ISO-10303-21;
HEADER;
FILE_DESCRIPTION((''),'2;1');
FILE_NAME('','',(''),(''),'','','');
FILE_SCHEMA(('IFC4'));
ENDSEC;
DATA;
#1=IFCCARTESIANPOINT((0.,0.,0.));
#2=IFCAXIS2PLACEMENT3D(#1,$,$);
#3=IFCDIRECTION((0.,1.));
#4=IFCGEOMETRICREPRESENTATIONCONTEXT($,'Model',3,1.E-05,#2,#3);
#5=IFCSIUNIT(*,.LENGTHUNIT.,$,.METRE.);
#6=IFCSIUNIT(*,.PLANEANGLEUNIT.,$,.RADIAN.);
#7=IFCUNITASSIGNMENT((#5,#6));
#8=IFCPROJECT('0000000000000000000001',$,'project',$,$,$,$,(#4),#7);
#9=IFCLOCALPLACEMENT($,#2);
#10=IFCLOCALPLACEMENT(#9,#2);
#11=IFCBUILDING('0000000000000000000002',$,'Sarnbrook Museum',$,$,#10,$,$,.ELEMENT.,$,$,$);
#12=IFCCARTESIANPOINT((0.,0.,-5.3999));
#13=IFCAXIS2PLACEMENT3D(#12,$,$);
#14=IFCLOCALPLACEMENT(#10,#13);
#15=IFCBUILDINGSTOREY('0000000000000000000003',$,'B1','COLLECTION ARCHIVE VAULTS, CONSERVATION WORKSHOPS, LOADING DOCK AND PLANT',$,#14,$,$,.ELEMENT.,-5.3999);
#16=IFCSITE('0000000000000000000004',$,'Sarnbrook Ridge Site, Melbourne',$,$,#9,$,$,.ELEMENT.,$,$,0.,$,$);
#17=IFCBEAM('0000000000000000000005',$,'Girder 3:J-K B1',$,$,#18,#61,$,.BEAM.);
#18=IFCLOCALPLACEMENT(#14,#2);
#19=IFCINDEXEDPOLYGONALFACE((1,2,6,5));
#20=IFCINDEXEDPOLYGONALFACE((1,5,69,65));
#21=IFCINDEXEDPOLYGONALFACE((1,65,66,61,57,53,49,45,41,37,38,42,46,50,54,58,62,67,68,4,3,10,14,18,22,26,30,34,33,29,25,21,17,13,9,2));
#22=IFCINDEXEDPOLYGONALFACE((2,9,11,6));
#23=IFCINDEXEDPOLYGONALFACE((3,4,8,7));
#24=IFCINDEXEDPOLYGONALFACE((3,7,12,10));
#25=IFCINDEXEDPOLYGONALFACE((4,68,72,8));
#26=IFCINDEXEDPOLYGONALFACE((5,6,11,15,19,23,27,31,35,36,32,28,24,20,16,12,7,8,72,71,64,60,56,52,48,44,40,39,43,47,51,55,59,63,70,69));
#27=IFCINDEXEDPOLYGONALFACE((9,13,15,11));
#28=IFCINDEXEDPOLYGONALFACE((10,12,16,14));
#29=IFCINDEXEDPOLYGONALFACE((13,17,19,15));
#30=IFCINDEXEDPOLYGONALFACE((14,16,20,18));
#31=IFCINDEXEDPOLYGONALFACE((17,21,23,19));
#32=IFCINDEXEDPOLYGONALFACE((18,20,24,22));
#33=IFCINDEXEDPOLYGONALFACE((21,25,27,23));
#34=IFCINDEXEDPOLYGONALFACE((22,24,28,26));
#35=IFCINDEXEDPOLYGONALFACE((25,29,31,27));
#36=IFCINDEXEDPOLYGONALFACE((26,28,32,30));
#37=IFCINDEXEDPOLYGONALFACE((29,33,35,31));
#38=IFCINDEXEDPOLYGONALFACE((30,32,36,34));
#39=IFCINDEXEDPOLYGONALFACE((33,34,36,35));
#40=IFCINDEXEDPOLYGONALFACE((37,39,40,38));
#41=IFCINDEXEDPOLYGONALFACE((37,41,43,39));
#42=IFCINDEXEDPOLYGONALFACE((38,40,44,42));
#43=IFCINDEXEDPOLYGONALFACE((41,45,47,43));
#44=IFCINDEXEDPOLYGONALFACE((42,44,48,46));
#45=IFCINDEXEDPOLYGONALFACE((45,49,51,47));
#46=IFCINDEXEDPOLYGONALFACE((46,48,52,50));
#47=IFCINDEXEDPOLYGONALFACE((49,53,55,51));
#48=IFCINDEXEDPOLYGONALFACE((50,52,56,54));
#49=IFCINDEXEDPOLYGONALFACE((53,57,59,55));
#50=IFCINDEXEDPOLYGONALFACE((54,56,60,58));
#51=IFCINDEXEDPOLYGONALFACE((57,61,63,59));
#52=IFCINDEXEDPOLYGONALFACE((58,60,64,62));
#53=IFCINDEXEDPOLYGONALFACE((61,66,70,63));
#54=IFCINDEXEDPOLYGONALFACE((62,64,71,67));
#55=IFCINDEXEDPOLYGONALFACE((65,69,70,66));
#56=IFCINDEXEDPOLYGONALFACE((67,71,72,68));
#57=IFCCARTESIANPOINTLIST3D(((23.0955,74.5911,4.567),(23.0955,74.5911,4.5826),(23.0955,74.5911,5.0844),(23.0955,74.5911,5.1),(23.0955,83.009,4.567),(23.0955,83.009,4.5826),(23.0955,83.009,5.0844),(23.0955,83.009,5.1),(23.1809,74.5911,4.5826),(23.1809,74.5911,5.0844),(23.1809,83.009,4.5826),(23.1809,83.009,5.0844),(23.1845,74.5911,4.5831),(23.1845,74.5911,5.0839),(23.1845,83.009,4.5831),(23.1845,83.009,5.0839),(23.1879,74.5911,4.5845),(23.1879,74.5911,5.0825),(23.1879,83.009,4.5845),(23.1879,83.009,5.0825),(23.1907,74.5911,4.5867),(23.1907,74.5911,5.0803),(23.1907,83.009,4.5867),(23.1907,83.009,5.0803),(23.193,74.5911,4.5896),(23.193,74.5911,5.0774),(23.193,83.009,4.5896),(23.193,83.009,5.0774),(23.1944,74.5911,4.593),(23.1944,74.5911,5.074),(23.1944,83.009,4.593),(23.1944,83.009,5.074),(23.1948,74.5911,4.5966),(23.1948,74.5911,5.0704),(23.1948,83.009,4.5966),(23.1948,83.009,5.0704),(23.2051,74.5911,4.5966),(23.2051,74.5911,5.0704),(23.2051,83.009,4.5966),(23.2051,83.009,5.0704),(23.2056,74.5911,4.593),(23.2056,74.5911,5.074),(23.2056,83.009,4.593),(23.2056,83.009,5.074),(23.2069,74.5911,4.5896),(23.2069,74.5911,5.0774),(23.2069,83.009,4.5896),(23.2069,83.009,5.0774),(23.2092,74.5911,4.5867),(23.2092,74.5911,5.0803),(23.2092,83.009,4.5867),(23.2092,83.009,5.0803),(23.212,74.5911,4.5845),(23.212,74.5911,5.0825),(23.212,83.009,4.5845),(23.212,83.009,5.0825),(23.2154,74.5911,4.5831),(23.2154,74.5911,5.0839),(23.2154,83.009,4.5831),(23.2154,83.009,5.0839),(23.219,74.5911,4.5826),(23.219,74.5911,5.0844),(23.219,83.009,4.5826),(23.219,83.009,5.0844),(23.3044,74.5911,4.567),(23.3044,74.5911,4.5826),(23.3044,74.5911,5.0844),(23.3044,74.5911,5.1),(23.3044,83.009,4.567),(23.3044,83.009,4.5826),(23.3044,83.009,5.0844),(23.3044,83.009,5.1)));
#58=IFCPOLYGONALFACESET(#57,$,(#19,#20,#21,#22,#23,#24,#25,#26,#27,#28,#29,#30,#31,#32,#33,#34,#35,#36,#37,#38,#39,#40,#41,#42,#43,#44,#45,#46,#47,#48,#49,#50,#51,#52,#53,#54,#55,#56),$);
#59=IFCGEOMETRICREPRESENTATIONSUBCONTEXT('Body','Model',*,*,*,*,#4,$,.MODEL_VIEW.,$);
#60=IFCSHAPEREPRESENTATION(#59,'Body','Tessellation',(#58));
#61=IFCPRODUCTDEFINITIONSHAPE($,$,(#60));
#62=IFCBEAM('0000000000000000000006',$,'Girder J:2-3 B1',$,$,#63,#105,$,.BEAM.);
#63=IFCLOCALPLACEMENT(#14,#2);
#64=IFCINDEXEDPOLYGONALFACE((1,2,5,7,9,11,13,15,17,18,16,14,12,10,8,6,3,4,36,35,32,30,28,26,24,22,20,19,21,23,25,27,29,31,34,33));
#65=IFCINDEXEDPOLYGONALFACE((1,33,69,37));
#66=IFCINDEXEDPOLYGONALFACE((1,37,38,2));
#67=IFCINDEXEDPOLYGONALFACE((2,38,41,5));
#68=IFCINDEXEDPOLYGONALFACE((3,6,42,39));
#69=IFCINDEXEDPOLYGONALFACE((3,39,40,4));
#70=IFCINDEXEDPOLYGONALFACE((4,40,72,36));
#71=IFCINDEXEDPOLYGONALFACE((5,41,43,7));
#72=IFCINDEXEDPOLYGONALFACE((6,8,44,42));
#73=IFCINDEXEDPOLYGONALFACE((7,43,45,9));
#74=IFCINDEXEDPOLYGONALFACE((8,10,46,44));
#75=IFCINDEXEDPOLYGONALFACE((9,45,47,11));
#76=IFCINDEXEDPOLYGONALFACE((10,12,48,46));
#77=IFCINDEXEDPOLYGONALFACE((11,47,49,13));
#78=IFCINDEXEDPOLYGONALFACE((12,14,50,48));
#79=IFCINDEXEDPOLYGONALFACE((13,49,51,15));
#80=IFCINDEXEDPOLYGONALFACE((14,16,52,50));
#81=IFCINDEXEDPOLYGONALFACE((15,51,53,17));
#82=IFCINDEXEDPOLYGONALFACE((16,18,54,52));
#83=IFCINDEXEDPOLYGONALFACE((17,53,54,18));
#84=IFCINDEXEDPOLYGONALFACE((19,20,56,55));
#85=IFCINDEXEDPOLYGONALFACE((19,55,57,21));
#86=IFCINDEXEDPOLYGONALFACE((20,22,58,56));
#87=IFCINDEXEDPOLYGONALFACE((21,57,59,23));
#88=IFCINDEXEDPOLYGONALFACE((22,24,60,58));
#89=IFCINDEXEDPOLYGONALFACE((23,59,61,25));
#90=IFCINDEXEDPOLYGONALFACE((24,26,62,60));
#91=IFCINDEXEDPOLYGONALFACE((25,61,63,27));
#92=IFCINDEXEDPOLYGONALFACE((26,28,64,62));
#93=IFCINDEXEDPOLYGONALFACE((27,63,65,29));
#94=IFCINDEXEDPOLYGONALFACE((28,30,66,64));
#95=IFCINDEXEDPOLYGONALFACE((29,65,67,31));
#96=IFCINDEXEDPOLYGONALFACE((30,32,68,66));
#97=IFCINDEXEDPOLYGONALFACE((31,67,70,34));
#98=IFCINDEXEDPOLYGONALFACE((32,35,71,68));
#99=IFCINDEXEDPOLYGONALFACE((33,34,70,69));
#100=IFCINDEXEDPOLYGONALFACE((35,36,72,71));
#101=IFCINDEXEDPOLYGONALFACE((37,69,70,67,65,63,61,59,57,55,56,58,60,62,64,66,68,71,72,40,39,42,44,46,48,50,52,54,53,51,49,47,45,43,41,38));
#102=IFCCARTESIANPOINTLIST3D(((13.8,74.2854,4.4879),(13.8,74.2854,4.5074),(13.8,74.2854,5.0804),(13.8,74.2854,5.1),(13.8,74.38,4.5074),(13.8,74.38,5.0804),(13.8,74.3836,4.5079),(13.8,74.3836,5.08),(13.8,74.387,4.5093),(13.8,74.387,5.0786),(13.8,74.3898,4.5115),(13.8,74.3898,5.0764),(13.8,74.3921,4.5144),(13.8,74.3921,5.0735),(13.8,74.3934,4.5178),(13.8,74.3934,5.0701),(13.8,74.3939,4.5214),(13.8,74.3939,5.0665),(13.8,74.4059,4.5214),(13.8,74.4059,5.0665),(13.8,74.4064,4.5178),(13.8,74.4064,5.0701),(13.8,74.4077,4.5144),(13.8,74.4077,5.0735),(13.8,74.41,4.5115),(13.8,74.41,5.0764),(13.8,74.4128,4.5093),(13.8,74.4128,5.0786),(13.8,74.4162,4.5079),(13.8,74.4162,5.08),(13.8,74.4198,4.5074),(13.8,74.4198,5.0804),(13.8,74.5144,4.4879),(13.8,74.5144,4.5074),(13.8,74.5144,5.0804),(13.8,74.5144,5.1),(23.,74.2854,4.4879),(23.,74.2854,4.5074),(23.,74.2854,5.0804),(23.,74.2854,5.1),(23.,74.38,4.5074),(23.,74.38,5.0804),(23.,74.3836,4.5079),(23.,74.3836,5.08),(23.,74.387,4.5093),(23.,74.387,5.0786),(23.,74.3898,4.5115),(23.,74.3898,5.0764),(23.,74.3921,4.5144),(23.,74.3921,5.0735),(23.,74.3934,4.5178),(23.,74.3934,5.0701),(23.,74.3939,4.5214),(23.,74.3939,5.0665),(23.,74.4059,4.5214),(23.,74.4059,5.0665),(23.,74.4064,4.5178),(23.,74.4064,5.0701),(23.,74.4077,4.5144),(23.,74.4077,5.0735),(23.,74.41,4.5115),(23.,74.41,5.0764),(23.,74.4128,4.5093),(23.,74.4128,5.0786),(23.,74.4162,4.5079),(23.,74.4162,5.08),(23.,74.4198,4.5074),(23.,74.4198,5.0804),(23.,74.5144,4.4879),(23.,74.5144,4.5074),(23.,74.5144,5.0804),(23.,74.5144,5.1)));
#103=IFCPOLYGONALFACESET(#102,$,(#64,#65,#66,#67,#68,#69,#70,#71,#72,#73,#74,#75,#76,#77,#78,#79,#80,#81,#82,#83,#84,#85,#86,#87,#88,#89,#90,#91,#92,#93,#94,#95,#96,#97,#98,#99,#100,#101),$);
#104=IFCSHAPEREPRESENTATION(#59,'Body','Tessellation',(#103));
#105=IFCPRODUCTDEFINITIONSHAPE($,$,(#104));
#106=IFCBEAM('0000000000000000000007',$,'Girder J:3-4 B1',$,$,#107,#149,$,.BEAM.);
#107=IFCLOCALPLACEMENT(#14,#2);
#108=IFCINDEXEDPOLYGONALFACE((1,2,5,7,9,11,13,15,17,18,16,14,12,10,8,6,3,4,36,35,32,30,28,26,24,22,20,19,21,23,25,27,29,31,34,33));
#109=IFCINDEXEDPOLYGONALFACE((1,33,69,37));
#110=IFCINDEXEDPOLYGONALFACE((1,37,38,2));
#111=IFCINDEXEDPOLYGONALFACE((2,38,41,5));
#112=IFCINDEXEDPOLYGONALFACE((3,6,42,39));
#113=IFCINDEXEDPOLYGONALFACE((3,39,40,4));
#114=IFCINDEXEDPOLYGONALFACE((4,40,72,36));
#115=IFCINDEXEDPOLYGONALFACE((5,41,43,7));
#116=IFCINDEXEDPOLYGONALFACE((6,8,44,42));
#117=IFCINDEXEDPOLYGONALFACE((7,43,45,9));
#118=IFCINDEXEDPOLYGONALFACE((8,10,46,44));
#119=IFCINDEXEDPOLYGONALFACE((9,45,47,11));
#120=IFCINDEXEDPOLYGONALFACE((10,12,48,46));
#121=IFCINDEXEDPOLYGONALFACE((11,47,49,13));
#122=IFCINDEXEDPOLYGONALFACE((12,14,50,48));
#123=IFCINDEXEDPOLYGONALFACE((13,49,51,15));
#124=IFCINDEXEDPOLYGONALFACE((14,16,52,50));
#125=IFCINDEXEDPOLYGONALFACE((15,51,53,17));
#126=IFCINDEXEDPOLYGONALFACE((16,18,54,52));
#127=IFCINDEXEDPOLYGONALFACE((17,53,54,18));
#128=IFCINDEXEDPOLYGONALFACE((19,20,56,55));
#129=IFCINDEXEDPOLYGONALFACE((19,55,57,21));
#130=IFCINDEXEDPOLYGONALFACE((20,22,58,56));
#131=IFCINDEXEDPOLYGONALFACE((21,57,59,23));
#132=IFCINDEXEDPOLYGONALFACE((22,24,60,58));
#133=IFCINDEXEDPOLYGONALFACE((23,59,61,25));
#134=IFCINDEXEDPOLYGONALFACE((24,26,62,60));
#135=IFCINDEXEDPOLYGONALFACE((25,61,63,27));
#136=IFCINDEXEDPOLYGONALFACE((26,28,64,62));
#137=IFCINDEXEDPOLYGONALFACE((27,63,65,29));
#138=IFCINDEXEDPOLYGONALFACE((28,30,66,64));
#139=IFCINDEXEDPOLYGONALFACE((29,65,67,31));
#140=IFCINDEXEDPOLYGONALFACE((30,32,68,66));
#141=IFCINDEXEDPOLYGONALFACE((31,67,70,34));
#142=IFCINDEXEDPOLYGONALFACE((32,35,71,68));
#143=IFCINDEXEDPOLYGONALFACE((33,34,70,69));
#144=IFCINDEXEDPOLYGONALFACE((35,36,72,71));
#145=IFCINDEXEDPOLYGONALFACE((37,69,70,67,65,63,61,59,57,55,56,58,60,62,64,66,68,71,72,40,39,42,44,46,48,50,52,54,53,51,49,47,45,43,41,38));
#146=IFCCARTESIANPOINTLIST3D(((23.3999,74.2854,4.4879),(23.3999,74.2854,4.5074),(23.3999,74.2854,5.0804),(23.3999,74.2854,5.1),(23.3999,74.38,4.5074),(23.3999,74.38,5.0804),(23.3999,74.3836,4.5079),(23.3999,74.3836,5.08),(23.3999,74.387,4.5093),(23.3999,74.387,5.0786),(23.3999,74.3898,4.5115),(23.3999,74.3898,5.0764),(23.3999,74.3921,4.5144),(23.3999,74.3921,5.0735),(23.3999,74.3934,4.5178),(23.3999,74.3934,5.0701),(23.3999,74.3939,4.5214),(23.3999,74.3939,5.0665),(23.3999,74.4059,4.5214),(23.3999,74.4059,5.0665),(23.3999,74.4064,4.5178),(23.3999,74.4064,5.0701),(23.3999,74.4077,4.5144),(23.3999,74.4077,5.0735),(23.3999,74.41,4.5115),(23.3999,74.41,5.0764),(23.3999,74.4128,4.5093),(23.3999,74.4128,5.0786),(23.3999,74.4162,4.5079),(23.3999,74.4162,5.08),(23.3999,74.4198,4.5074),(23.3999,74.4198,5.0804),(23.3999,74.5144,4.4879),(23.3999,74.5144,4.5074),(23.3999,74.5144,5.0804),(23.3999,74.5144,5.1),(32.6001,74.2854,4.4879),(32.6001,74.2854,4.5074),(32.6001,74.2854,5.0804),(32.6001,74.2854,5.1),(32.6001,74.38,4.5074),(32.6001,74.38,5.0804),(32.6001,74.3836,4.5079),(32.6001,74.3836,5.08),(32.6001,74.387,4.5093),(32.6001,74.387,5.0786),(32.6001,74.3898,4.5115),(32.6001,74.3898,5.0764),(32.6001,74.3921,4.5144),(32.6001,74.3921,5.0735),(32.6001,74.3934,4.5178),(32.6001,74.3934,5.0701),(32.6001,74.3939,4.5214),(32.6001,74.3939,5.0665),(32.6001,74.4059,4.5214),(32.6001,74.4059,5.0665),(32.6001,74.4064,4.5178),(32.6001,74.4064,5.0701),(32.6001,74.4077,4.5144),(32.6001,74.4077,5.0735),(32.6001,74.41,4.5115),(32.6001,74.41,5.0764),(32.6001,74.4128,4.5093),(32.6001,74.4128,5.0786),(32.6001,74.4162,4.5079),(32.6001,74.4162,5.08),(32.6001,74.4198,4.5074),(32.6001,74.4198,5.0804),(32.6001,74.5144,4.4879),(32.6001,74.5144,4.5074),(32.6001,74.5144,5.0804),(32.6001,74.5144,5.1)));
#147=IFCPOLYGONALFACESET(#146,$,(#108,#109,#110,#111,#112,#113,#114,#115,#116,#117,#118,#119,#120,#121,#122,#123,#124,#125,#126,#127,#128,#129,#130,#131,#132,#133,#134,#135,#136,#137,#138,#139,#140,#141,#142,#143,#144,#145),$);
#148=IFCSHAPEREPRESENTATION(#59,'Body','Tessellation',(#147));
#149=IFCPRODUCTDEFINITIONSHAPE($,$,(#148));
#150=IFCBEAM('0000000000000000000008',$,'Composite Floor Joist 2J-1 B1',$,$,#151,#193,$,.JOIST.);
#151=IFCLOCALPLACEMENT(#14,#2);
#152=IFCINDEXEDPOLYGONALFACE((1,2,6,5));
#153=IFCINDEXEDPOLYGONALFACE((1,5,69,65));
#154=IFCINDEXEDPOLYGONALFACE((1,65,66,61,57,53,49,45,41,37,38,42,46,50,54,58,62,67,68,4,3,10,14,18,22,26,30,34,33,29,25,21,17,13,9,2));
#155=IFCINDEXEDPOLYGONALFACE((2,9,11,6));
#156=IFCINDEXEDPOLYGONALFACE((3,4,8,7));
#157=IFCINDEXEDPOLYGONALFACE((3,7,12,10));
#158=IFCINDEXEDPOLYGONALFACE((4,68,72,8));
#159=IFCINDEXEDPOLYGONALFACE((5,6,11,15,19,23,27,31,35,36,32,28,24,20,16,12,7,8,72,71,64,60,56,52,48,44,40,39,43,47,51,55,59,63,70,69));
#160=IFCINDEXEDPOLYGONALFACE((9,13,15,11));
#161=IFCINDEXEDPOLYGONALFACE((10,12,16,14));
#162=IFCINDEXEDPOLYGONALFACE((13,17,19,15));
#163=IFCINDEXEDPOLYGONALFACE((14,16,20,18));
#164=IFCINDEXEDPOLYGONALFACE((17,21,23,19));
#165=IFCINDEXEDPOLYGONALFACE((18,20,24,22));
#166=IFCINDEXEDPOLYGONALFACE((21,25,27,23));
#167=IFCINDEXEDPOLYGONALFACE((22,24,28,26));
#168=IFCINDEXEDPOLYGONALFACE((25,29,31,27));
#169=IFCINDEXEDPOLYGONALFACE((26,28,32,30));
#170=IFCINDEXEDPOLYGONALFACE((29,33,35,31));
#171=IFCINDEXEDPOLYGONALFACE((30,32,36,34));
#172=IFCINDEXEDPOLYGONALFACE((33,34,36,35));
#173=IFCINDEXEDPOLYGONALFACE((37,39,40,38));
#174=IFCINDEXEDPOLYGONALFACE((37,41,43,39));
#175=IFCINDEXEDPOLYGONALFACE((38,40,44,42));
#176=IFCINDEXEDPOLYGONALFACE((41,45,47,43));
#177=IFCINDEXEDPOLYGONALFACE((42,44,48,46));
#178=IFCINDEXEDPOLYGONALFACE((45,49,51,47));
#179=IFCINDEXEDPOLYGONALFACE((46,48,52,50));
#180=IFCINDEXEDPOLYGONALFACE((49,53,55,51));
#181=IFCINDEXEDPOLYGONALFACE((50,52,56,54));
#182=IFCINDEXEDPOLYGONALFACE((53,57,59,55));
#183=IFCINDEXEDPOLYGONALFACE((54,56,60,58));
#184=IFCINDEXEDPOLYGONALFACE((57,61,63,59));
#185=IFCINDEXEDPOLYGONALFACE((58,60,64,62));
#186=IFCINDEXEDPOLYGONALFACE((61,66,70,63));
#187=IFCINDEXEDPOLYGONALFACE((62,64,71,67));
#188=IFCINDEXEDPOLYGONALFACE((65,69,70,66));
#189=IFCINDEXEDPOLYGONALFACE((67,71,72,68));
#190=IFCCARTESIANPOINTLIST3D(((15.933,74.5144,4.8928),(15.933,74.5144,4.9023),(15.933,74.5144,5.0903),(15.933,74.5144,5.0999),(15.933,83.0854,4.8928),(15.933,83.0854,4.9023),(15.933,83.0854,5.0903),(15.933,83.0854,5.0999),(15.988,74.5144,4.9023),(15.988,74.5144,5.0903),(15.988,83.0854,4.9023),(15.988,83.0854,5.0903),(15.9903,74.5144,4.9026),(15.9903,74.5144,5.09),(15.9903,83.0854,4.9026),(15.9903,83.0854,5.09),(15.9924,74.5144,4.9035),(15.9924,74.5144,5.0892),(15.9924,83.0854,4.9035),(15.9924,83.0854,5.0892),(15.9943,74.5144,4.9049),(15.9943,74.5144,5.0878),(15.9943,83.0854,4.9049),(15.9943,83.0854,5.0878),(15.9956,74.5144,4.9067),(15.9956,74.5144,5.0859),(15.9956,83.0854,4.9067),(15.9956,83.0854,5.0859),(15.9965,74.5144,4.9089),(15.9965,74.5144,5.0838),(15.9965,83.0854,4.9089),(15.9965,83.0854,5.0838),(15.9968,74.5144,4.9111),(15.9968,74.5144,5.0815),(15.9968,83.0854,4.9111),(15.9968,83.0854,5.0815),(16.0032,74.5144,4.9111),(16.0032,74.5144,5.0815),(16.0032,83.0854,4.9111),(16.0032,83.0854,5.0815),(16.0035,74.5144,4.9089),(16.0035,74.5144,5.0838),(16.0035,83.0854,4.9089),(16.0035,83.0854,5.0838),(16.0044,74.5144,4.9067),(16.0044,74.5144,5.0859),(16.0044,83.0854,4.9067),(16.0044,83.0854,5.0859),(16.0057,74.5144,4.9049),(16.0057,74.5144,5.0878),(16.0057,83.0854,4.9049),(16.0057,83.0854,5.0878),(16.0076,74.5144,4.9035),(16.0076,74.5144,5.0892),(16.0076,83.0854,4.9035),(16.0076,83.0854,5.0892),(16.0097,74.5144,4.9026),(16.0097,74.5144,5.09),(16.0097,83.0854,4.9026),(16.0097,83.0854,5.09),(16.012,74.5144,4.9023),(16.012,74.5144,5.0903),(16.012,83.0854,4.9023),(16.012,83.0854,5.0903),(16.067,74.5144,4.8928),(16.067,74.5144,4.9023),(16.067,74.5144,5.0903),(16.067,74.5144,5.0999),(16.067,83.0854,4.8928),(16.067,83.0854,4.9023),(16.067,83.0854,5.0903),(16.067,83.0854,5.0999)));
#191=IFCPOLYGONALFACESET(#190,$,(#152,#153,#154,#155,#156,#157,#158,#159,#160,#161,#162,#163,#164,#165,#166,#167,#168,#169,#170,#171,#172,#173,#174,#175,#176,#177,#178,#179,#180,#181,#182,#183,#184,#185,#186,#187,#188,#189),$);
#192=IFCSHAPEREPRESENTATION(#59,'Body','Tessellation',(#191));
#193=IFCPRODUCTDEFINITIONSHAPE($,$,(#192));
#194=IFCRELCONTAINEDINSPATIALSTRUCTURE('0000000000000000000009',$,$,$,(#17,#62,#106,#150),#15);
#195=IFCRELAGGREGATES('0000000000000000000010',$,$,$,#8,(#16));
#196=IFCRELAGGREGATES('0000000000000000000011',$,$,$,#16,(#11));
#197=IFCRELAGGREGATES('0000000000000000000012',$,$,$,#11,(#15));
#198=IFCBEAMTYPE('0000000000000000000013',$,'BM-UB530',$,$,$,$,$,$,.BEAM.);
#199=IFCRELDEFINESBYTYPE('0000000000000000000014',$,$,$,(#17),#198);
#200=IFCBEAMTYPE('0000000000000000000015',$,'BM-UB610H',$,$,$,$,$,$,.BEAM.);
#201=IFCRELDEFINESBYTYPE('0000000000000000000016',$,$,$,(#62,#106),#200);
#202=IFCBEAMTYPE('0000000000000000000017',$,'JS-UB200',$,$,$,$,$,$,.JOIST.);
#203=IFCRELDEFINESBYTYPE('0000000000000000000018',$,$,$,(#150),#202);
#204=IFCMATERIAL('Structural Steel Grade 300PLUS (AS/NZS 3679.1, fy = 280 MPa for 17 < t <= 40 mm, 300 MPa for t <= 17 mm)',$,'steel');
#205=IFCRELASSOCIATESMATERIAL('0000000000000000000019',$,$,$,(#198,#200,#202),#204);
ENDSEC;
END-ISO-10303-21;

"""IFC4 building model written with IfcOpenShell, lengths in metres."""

from ifc_helpers import new_model, si_unit, direction, frame, origin, origin_2d, place, context, subcontext, project, spatial, i_section, extrude, material, material_profile, profile_set, type_object, element, save


model = new_model("IFC4")

# Units and contexts
model_context = context("Model", 3, precision=1e-05, world=origin(), true_north=direction((0.0, 1.0)))
body_context = subcontext(model_context, "Body", "Model", "MODEL_VIEW")
ifc_project = project(units=[si_unit("LENGTHUNIT", "METRE"), si_unit("PLANEANGLEUNIT", "RADIAN")], contexts=[model_context])

# Site, building, storey
site_placement = place(None, origin())
site = spatial("IfcSite", under=ifc_project, at=site_placement, Name="Sarnbrook Ridge Site, Melbourne", CompositionType="ELEMENT", RefElevation=0.0)
building_placement = place(site_placement, origin())
building = spatial("IfcBuilding", under=site, at=building_placement, Name="Sarnbrook Museum", CompositionType="ELEMENT")
storey_placement = place(building_placement, frame((0.0, 0.0, -5.3999)))
storey = spatial("IfcBuildingStorey", under=building, at=storey_placement, Name="B1", Description="COLLECTION ARCHIVE VAULTS, CONSERVATION WORKSHOPS, LOADING DOCK AND PLANT", CompositionType="ELEMENT", Elevation=-5.3999)

# Beams
ifc_material_1 = material(Name="Structural Steel Grade 300PLUS (AS/NZS 3679.1, fy = 280 MPa for 17 < t <= 40 mm, 300 MPa for t <= 17 mm)", Category="steel")
ifc_material_profile_1 = material_profile(ifc_material_1, i_section(OverallWidth=0.209, OverallDepth=0.533, WebThickness=0.0103, FlangeThickness=0.0156, FilletRadius=0.0139, at=origin_2d()), Name="530UB92.4")
ifc_profile_set_1 = profile_set([ifc_material_profile_1], Name="Structural Steel Grade 300PLUS (AS/NZS 3679.1, fy = 280 MPa for 17 < t <= 40 mm, 300 MPa for t <= 17 mm)")
beam_type_1 = type_object("IfcBeamType", Name="BM-UB530", PredefinedType="BEAM", material=ifc_profile_set_1)
for number, where, z_axis, x_axis, name in (
    (1, (23.2, 74.5911, 4.8335), (0.0, 1.0, 0.0), (-1.0, 0.0, 0.0), "Girder 3:J-K B1"),
):
    element("IfcBeam", number, at=place(storey_placement, frame(where, z_axis=z_axis, x_axis=x_axis)), inside=storey, type_object=beam_type_1, Name=name, PredefinedType="BEAM", context=body_context, shape_type="SweptSolid", body=[
        extrude(i_section(OverallWidth=0.209, OverallDepth=0.533, WebThickness=0.0103, FlangeThickness=0.0156, FilletRadius=0.0139, at=origin_2d()), origin(), (0.0, 0.0, 1.0), 8.418),
    ])
ifc_material_profile_2 = material_profile(ifc_material_1, i_section(OverallWidth=0.229, OverallDepth=0.6121, WebThickness=0.012, FlangeThickness=0.0195, FilletRadius=0.0139, at=origin_2d()), Name="610UB125")
ifc_profile_set_2 = profile_set([ifc_material_profile_2], Name="Structural Steel Grade 300PLUS (AS/NZS 3679.1, fy = 280 MPa for 17 < t <= 40 mm, 300 MPa for t <= 17 mm)")
beam_type_2 = type_object("IfcBeamType", Name="BM-UB610H", PredefinedType="BEAM", material=ifc_profile_set_2)
beam_1_placement = place(storey_placement, frame((13.8, 74.3999, 4.7939), z_axis=(1.0, 0.0, 0.0), x_axis=(0.0, 1.0, 0.0)))
element("IfcBeam", 2, at=beam_1_placement, inside=storey, type_object=beam_type_2, Name="Girder J:2-3 B1", PredefinedType="BEAM", context=body_context, shape_type="SweptSolid", body=[
    extrude(i_section(OverallWidth=0.229, OverallDepth=0.6121, WebThickness=0.012, FlangeThickness=0.0195, FilletRadius=0.0139, at=origin_2d()), origin(), (0.0, 0.0, 1.0), 9.2),
])
beam_2_placement = place(storey_placement, frame((23.3999, 74.3999, 4.7939), z_axis=(1.0, 0.0, 0.0), x_axis=(0.0, 1.0, 0.0)))
element("IfcBeam", 3, at=beam_2_placement, inside=storey, type_object=beam_type_2, Name="Girder J:3-4 B1", PredefinedType="BEAM", context=body_context, shape_type="SweptSolid", body=[
    extrude(i_section(OverallWidth=0.229, OverallDepth=0.6121, WebThickness=0.012, FlangeThickness=0.0195, FilletRadius=0.0139, at=origin_2d()), origin(), (0.0, 0.0, 1.0), 9.2002),
])
ifc_material_profile_3 = material_profile(ifc_material_1, i_section(OverallWidth=0.134, OverallDepth=0.207, WebThickness=0.0063, FlangeThickness=0.0095, FilletRadius=0.0088, at=origin_2d()), Name="200UB29.8")
ifc_profile_set_3 = profile_set([ifc_material_profile_3], Name="Structural Steel Grade 300PLUS (AS/NZS 3679.1, fy = 280 MPa for 17 < t <= 40 mm, 300 MPa for t <= 17 mm)")
beam_type_3 = type_object("IfcBeamType", Name="JS-UB200", PredefinedType="JOIST", material=ifc_profile_set_3)
for number, where, z_axis, x_axis, name in (
    (4, (16.0, 74.5144, 4.9963), (0.0, 1.0, 0.0), (-1.0, 0.0, 0.0), "Composite Floor Joist 2J-1 B1"),
):
    element("IfcBeam", number, at=place(storey_placement, frame(where, z_axis=z_axis, x_axis=x_axis)), inside=storey, type_object=beam_type_3, Name=name, PredefinedType="JOIST", context=body_context, shape_type="SweptSolid", body=[
        extrude(i_section(OverallWidth=0.134, OverallDepth=0.207, WebThickness=0.0063, FlangeThickness=0.0095, FilletRadius=0.0088, at=origin_2d()), origin(), (0.0, 0.0, 1.0), 8.571),
    ])

save(model, "model.ifc")
